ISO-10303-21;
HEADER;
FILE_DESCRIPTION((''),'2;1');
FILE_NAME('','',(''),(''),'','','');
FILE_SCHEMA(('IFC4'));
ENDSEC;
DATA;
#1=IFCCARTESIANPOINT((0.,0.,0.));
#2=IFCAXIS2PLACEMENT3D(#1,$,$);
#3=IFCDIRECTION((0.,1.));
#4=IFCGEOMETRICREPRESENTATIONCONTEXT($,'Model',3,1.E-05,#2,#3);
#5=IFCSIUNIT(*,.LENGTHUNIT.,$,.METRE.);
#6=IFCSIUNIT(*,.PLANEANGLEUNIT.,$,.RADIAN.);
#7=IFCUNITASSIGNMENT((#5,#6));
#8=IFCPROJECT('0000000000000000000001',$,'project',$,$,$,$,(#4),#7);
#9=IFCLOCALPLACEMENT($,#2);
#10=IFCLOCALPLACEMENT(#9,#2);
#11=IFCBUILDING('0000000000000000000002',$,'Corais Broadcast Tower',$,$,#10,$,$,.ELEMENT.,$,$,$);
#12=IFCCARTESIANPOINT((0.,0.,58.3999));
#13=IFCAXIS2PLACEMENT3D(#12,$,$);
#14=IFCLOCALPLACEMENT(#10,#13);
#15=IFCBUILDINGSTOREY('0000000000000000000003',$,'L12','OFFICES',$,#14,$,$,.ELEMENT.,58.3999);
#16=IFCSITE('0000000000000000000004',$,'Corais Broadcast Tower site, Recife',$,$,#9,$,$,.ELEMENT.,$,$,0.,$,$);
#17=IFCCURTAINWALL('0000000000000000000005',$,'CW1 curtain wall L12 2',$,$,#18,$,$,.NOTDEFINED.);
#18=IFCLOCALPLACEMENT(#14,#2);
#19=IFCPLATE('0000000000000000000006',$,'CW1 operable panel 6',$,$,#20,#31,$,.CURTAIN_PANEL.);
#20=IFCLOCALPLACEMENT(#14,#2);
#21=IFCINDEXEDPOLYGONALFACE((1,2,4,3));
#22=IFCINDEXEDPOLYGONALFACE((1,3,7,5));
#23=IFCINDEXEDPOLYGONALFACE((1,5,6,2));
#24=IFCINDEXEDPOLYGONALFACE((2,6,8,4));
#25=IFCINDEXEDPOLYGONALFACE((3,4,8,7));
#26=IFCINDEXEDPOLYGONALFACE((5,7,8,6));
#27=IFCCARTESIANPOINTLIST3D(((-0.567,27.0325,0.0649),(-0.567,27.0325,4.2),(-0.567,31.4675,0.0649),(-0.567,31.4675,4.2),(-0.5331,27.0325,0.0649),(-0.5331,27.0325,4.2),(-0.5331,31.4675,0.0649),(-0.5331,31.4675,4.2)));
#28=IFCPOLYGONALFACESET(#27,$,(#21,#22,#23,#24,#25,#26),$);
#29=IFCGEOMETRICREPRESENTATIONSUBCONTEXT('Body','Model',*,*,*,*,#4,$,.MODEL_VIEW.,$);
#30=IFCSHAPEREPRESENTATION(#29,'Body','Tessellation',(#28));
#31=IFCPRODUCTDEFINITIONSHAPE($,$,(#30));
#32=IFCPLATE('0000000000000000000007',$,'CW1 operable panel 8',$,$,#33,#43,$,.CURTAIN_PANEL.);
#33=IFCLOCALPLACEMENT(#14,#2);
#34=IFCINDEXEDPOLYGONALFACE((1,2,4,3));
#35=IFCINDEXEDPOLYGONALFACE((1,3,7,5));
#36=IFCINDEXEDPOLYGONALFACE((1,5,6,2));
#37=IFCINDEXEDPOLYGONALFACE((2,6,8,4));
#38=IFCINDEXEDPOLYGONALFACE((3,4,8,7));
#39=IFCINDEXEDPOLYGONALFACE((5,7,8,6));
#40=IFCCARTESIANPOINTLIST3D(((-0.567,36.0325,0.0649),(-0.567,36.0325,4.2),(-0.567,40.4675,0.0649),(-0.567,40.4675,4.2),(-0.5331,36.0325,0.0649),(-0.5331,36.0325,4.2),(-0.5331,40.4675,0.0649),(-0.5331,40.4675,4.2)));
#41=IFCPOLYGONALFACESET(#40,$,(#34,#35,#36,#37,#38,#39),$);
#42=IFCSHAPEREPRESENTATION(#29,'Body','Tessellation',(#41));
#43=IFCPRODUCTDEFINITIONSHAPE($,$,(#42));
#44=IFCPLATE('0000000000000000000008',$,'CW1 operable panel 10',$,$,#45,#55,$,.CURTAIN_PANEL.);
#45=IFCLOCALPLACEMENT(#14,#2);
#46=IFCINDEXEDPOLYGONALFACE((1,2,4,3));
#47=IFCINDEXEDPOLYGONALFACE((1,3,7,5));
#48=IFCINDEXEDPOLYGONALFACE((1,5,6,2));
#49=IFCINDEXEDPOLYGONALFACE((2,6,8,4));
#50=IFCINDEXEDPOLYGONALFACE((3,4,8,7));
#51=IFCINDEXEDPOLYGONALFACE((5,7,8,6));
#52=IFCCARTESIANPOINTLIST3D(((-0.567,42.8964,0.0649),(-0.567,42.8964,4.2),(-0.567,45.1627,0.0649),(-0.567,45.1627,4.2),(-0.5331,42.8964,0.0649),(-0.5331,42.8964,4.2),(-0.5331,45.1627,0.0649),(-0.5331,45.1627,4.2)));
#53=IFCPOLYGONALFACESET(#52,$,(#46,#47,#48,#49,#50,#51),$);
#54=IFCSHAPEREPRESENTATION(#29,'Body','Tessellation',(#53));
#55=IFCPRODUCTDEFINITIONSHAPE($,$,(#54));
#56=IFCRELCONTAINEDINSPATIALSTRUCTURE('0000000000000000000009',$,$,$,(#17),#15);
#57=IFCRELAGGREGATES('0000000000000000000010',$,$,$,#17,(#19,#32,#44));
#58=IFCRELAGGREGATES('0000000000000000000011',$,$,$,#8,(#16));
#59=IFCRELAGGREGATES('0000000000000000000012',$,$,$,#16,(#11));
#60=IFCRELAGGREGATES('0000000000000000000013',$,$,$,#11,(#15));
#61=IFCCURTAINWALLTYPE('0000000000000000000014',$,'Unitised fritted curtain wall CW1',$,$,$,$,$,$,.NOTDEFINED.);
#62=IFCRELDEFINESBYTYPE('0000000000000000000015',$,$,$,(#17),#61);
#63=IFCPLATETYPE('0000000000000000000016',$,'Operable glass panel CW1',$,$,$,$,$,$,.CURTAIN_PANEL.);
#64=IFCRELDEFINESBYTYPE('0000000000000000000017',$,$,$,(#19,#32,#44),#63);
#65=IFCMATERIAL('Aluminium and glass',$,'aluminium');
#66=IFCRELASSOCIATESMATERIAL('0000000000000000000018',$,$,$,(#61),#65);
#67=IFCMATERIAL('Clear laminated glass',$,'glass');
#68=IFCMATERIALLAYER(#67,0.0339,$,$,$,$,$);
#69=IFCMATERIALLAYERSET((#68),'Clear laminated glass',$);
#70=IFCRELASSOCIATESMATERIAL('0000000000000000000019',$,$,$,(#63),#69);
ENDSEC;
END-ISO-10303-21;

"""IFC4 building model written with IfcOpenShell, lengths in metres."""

from ifc_helpers import new_model, si_unit, direction, frame, origin, origin_2d, place, context, subcontext, project, spatial, rectangle, extrude, material, layer, layer_set, type_object, element, aggregate, save


model = new_model("IFC4")

# Units and contexts
model_context = context("Model", 3, precision=1e-05, world=origin(), true_north=direction((0.0, 1.0)))
body_context = subcontext(model_context, "Body", "Model", "MODEL_VIEW")
ifc_project = project(units=[si_unit("LENGTHUNIT", "METRE"), si_unit("PLANEANGLEUNIT", "RADIAN")], contexts=[model_context])

# Site, building, storey
site_placement = place(None, origin())
site = spatial("IfcSite", under=ifc_project, at=site_placement, Name="Corais Broadcast Tower site, Recife", CompositionType="ELEMENT", RefElevation=0.0)
building_placement = place(site_placement, origin())
building = spatial("IfcBuilding", under=site, at=building_placement, Name="Corais Broadcast Tower", CompositionType="ELEMENT")
storey_placement = place(building_placement, frame((0.0, 0.0, 58.3999)))
storey = spatial("IfcBuildingStorey", under=building, at=storey_placement, Name="L12", Description="OFFICES", CompositionType="ELEMENT", Elevation=58.3999)

# Curtain wall
ifc_material_1 = material(Name="Aluminium and glass", Category="aluminium")
curtain_wall_type = type_object("IfcCurtainWallType", Name="Unitised fritted curtain wall CW1", PredefinedType="NOTDEFINED", material=ifc_material_1)
curtain_wall_placement = place(storey_placement, origin())
curtain_wall = element("IfcCurtainWall", 1, at=curtain_wall_placement, inside=storey, type_object=curtain_wall_type, Name="CW1 curtain wall L12 2", PredefinedType="NOTDEFINED")

# Plates
ifc_material_2 = material(Name="Clear laminated glass", Category="glass")
ifc_layer_1 = layer(ifc_material_2, 0.0339)
ifc_layer_set_1 = layer_set([ifc_layer_1], Name="Clear laminated glass")
plate_type_1 = type_object("IfcPlateType", Name="Operable glass panel CW1", PredefinedType="CURTAIN_PANEL", material=ifc_layer_set_1)
plate_1_placement = place(storey_placement, frame((-0.55, 29.25, 0.0649), z_axis=(0.0, 0.0, 1.0), x_axis=(0.0, 1.0, 0.0)))
plate_1 = element("IfcPlate", 2, at=plate_1_placement, type_object=plate_type_1, Name="CW1 operable panel 6", PredefinedType="CURTAIN_PANEL", context=body_context, shape_type="SweptSolid", body=[
    extrude(rectangle(XDim=4.4351, YDim=0.0339, at=origin_2d()), origin(), (0.0, 0.0, 1.0), 4.135),
])
plate_2_placement = place(storey_placement, frame((-0.55, 38.25, 0.0649), z_axis=(0.0, 0.0, 1.0), x_axis=(0.0, 1.0, 0.0)))
plate_2 = element("IfcPlate", 3, at=plate_2_placement, type_object=plate_type_1, Name="CW1 operable panel 8", PredefinedType="CURTAIN_PANEL", context=body_context, shape_type="SweptSolid", body=[
    extrude(rectangle(XDim=4.4351, YDim=0.0339, at=origin_2d()), origin(), (0.0, 0.0, 1.0), 4.135),
])
plate_3_placement = place(storey_placement, frame((-0.55, 44.0295, 0.0649), z_axis=(0.0, 0.0, 1.0), x_axis=(0.0, 1.0, 0.0)))
plate_3 = element("IfcPlate", 4, at=plate_3_placement, type_object=plate_type_1, Name="CW1 operable panel 10", PredefinedType="CURTAIN_PANEL", context=body_context, shape_type="SweptSolid", body=[
    extrude(rectangle(XDim=2.2664, YDim=0.0339, at=origin_2d()), origin(), (0.0, 0.0, 1.0), 4.135),
])
aggregate(curtain_wall, [plate_1, plate_2, plate_3])

save(model, "model.ifc")
